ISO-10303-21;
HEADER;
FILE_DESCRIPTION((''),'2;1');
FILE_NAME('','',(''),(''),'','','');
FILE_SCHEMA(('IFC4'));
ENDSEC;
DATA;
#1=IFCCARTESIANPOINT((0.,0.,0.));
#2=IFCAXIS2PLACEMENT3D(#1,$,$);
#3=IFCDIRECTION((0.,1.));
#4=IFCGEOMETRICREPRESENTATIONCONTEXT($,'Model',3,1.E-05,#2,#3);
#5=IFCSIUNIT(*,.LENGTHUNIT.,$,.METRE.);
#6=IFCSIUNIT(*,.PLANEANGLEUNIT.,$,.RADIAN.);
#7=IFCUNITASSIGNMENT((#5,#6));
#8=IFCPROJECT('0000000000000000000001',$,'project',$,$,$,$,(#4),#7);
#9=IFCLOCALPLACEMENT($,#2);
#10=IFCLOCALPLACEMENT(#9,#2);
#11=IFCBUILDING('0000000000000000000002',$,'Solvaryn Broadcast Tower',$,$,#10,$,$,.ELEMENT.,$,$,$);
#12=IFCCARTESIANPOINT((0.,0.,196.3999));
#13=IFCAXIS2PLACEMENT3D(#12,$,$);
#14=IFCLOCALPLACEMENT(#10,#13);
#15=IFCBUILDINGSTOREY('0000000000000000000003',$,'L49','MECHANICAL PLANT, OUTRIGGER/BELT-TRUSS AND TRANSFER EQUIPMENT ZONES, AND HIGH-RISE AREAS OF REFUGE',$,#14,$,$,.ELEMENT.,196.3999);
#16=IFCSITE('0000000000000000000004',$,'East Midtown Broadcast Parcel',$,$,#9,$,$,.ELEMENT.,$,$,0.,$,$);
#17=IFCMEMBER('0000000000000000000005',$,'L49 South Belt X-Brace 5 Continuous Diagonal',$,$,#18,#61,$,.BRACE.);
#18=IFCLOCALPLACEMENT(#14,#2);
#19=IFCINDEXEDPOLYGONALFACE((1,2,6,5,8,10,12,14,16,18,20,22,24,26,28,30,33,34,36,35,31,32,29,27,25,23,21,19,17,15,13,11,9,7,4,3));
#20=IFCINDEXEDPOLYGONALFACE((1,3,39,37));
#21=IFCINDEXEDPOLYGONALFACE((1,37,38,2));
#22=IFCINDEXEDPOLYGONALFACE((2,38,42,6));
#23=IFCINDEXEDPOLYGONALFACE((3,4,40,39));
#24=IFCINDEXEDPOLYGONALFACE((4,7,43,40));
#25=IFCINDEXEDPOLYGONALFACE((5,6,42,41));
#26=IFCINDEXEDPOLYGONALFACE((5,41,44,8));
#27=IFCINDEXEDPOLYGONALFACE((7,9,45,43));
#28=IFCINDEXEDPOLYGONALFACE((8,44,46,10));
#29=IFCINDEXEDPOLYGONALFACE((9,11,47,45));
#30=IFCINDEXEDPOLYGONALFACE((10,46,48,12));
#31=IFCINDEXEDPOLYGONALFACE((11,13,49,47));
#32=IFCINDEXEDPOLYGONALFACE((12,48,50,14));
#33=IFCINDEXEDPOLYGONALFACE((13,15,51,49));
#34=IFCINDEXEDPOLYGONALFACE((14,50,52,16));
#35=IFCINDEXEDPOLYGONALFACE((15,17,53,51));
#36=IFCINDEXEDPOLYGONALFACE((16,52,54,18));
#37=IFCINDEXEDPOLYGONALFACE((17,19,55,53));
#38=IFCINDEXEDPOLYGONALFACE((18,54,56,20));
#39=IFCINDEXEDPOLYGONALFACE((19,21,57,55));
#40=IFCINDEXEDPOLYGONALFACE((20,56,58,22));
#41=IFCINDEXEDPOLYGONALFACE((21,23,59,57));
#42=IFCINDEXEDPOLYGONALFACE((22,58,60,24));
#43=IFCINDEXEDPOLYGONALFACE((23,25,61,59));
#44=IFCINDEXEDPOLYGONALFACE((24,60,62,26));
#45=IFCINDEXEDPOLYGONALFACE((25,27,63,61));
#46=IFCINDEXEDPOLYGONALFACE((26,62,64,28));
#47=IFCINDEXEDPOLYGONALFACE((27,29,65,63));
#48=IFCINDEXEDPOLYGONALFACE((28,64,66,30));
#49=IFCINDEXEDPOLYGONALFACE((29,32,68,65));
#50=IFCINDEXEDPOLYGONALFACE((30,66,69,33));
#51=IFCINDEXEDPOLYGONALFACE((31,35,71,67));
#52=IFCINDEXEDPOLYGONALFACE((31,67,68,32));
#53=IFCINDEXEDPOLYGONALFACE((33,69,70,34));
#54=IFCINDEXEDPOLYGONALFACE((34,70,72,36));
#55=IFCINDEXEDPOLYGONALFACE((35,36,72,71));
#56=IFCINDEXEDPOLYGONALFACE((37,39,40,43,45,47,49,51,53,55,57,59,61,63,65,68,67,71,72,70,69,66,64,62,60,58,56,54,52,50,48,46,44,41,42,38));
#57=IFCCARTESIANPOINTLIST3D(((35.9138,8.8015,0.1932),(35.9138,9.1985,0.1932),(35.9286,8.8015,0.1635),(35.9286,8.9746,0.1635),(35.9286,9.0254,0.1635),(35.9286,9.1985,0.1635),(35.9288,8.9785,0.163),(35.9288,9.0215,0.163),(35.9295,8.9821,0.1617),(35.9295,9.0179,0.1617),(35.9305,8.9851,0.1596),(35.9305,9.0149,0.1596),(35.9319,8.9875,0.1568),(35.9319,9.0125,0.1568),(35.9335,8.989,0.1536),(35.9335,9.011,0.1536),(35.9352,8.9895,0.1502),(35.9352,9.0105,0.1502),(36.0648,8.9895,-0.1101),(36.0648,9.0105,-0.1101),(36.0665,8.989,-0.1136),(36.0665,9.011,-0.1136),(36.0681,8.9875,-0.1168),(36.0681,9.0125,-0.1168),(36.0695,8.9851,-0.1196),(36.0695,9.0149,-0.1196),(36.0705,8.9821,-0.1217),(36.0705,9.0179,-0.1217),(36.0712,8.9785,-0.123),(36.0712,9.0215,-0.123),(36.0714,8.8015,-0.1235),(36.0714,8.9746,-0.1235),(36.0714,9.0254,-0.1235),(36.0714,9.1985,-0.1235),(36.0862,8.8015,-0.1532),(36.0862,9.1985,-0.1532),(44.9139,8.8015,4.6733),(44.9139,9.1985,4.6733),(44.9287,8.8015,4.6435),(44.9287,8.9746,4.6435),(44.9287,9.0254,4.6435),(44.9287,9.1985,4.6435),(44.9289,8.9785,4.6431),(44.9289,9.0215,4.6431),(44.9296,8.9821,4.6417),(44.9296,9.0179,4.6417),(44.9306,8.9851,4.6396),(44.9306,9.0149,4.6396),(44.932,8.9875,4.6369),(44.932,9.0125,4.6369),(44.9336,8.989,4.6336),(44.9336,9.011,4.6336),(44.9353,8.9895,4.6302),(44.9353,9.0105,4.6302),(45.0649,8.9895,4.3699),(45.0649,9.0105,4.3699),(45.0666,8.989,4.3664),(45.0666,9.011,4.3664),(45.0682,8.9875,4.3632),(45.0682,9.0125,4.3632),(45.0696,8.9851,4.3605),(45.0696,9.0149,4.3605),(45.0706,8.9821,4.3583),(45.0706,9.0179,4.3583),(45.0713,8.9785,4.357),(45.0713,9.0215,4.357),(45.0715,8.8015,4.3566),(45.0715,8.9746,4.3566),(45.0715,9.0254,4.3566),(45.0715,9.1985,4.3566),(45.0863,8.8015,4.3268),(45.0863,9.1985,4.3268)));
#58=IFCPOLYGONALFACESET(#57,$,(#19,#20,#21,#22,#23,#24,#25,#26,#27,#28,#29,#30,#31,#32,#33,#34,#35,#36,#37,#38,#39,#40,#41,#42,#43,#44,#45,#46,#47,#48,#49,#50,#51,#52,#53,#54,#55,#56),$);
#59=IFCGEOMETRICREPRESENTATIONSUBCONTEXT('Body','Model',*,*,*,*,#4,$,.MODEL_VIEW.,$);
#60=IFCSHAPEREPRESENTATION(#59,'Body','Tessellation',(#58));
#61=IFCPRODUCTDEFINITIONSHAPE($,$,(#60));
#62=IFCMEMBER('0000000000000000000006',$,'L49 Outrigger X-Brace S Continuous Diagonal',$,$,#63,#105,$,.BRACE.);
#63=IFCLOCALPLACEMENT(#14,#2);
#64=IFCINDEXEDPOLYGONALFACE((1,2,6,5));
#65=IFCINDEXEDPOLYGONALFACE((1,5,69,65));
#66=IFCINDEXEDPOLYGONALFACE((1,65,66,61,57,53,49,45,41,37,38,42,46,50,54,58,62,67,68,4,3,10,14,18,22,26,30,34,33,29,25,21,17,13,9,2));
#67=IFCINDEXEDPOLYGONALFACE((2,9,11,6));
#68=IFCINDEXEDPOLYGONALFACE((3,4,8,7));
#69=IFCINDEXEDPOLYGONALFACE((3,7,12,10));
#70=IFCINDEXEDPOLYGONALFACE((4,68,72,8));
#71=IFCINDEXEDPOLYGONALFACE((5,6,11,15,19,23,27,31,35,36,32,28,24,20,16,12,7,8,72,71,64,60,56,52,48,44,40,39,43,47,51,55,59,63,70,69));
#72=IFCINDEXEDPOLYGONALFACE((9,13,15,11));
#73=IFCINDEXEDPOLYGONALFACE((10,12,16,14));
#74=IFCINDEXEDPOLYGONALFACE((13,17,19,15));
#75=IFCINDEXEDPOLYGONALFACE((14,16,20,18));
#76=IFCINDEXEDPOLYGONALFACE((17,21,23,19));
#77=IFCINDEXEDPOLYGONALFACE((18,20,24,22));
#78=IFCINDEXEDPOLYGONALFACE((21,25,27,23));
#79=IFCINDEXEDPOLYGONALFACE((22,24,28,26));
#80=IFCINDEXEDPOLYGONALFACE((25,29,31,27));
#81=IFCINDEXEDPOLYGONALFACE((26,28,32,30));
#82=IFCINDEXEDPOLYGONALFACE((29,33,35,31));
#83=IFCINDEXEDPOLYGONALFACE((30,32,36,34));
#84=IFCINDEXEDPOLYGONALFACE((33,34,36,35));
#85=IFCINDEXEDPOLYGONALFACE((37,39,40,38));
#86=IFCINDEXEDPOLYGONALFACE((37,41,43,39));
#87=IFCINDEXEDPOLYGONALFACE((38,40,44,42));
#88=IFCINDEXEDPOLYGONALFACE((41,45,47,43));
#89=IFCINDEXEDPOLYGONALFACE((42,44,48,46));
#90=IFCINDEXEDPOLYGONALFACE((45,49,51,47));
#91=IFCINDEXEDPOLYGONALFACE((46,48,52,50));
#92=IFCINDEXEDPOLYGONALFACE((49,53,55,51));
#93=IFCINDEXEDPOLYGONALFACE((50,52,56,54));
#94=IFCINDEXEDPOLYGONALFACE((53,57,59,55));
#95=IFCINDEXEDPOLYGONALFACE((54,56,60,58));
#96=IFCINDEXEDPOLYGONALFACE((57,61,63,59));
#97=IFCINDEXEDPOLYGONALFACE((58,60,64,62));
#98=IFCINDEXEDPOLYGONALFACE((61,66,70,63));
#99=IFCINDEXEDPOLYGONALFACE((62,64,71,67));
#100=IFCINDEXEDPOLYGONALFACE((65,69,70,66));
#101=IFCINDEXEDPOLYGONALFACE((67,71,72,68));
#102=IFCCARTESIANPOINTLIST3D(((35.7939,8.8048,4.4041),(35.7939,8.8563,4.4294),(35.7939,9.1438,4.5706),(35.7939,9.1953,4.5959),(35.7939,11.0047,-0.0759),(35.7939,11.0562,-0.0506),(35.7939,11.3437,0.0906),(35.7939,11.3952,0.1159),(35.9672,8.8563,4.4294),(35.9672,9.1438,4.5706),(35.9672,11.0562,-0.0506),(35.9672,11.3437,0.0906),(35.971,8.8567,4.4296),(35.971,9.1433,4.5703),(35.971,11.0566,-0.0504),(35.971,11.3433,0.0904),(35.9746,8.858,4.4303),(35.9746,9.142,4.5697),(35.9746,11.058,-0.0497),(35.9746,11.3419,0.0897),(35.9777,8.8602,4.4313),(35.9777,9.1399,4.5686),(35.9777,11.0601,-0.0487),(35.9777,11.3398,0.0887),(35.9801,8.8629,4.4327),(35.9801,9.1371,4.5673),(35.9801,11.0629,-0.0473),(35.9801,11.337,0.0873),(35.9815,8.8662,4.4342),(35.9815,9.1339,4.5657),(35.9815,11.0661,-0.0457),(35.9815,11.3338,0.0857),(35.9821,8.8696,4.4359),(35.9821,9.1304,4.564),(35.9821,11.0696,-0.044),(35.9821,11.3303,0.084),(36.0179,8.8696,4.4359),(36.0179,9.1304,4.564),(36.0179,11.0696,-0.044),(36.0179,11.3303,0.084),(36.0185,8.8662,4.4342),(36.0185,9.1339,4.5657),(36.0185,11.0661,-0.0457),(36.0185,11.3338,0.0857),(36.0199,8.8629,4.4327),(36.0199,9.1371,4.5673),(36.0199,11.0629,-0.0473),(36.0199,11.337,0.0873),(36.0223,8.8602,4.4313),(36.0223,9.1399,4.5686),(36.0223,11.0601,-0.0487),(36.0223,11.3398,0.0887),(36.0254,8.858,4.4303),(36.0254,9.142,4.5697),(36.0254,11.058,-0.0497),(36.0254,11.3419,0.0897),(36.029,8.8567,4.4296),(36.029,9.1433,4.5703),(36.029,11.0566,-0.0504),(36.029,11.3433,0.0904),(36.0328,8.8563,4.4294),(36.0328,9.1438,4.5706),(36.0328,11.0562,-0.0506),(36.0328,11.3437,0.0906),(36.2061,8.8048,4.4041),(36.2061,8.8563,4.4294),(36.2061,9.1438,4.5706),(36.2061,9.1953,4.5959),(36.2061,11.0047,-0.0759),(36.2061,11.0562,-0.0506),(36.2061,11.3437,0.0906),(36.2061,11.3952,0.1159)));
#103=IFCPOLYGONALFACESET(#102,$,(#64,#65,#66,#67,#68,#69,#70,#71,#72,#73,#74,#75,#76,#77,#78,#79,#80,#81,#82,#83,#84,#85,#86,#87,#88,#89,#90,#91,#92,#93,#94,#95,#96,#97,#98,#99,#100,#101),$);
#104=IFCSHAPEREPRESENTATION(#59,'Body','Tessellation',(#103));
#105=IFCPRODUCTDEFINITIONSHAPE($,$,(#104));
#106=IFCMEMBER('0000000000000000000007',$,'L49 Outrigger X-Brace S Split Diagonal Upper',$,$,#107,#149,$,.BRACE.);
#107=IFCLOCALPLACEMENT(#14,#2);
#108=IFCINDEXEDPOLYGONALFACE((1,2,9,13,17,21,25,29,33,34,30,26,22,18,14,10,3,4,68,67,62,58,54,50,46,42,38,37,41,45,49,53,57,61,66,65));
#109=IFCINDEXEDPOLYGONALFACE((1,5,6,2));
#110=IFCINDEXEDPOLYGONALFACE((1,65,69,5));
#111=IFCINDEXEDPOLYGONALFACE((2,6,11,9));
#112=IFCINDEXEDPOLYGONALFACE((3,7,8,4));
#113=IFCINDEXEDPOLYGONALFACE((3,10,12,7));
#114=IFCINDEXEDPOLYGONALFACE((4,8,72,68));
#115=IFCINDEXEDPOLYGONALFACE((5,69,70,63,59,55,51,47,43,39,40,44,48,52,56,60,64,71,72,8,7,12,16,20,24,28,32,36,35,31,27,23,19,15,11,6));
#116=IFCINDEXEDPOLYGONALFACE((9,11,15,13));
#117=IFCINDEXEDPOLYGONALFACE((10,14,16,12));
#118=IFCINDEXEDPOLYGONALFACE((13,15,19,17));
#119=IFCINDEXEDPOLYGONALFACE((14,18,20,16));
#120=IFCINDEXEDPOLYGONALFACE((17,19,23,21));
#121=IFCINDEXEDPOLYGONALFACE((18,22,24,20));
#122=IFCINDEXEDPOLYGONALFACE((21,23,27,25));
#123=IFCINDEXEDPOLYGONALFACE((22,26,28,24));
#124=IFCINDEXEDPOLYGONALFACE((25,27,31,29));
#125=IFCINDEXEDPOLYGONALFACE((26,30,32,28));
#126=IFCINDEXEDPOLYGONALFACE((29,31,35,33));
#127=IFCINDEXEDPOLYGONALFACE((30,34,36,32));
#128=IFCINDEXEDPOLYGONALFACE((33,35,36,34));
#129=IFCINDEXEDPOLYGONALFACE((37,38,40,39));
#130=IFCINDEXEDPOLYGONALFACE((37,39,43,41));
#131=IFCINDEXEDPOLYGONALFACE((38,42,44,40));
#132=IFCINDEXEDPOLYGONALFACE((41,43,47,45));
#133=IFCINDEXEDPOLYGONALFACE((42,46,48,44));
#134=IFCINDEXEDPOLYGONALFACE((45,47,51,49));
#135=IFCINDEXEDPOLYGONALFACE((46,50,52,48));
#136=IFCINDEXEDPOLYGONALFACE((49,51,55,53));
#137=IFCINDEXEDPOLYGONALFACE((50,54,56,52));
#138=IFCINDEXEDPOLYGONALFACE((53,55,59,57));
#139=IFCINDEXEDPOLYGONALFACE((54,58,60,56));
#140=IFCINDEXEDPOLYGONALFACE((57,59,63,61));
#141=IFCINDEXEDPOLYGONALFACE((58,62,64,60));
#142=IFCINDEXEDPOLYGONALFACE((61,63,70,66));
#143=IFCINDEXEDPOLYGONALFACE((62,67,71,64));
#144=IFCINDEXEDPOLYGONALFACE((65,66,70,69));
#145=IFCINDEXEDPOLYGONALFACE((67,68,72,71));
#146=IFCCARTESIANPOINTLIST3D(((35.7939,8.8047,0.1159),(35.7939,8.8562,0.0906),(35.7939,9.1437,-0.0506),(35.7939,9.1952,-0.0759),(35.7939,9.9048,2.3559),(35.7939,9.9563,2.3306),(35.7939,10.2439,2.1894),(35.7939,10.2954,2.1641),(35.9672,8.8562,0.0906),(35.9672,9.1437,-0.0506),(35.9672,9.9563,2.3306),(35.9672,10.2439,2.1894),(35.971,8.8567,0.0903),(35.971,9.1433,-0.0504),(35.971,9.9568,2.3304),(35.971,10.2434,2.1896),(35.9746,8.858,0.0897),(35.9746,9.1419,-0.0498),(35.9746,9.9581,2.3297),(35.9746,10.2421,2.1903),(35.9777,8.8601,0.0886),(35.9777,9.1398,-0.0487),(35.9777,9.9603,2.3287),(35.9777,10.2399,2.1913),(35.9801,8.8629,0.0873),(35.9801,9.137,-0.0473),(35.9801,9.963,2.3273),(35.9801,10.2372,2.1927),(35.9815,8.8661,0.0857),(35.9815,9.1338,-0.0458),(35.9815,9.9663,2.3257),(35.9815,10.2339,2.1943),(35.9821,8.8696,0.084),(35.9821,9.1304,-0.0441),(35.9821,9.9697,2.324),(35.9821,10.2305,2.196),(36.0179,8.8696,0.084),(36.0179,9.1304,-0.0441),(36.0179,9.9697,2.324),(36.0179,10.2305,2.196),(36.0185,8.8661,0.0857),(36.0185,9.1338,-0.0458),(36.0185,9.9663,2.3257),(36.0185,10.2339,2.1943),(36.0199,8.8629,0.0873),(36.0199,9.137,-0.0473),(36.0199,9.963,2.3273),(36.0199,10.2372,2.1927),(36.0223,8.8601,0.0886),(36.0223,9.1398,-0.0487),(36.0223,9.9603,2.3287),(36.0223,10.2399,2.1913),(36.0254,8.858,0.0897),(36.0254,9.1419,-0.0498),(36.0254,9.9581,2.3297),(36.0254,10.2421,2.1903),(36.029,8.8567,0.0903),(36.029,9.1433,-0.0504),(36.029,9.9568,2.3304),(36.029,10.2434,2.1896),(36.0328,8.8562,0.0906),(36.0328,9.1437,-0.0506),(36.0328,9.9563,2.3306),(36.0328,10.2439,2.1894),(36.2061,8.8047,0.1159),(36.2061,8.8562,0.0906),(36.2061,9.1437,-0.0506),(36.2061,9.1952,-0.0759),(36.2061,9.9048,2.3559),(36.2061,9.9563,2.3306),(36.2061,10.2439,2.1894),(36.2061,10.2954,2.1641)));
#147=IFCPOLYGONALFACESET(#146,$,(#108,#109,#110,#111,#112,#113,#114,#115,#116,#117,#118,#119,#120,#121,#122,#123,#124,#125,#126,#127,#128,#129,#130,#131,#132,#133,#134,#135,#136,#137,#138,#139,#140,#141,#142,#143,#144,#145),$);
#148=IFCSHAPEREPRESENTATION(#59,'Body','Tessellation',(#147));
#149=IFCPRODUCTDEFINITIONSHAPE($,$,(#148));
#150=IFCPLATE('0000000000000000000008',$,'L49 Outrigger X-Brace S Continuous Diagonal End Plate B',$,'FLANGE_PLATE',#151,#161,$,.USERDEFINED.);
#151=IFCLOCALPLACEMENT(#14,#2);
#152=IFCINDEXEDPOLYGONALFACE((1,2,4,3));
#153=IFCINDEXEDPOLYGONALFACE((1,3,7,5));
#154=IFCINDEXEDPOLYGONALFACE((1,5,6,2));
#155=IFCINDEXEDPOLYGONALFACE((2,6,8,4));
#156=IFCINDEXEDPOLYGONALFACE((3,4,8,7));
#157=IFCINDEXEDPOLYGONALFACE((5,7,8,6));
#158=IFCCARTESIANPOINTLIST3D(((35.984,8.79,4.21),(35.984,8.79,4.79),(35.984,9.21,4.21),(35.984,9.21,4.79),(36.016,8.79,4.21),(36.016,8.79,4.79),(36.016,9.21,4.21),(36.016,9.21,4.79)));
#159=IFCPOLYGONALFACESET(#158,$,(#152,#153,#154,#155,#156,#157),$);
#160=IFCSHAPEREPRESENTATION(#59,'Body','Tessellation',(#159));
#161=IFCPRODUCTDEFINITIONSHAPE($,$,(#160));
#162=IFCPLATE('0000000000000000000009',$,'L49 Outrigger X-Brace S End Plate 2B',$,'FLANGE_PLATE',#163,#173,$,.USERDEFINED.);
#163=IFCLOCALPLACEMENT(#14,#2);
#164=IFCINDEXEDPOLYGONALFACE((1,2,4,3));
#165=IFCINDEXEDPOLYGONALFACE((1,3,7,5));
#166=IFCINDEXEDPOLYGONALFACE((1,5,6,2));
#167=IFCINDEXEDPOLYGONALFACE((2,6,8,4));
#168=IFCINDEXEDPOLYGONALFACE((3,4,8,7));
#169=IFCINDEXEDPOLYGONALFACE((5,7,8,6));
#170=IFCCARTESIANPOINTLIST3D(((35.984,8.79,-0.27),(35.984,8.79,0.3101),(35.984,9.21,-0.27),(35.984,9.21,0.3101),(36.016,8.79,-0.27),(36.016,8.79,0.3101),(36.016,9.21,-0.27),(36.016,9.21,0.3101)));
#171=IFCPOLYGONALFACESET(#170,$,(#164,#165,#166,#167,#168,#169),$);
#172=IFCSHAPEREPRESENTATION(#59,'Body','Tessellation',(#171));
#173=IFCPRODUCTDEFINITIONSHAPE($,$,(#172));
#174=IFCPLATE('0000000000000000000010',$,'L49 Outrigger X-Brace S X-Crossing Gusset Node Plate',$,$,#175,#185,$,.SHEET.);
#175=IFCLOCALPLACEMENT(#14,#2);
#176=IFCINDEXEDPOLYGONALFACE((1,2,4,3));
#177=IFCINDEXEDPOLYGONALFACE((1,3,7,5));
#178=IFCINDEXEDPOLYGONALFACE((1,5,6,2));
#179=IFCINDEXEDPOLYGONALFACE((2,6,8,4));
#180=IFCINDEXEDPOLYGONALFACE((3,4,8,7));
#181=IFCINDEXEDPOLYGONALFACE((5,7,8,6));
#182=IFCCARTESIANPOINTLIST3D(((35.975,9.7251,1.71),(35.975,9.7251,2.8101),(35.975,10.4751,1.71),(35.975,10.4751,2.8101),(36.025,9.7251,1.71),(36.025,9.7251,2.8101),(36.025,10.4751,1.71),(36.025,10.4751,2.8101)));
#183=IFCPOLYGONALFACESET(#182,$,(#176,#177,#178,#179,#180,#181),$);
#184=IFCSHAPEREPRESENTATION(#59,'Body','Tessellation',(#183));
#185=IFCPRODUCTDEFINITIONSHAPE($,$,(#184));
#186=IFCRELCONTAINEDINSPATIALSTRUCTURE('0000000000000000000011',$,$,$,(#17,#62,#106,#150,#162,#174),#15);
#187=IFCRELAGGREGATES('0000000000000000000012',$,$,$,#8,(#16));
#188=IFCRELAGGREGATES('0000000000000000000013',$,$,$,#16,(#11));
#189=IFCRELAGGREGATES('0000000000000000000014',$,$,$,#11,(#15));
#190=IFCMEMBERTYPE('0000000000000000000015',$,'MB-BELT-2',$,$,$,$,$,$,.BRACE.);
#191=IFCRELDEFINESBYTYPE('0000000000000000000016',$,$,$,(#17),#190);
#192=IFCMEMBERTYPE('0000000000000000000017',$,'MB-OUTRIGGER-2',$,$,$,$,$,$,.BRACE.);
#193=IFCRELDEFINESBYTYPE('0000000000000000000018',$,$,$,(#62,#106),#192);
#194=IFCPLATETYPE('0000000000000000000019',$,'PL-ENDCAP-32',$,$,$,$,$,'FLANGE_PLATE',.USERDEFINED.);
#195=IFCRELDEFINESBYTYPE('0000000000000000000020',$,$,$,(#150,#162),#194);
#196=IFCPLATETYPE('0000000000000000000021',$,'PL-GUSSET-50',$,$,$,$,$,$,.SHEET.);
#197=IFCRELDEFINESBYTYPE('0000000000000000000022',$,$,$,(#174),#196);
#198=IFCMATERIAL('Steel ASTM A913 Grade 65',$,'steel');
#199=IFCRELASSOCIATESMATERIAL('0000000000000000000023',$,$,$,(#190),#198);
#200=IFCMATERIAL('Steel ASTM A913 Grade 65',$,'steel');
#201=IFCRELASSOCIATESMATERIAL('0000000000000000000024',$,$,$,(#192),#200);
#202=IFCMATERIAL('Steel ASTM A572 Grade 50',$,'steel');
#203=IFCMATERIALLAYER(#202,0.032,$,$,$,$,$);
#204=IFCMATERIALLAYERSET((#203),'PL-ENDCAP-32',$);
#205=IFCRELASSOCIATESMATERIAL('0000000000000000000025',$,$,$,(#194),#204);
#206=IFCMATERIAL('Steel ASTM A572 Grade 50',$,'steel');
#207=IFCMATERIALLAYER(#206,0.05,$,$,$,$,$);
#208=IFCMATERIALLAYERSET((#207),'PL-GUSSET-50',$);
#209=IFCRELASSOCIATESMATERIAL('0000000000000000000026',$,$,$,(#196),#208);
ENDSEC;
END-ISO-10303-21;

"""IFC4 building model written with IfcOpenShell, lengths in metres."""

from ifc_helpers import new_model, si_unit, direction, frame, origin, origin_2d, place, context, subcontext, project, spatial, rectangle, i_section, extrude, material, layer, layer_set, material_profile, profile_set, type_object, element, save


model = new_model("IFC4")

# Units and contexts
model_context = context("Model", 3, precision=1e-05, world=origin(), true_north=direction((0.0, 1.0)))
body_context = subcontext(model_context, "Body", "Model", "MODEL_VIEW")
ifc_project = project(units=[si_unit("LENGTHUNIT", "METRE"), si_unit("PLANEANGLEUNIT", "RADIAN")], contexts=[model_context])

# Site, building, storey
site_placement = place(None, origin())
site = spatial("IfcSite", under=ifc_project, at=site_placement, Name="East Midtown Broadcast Parcel", CompositionType="ELEMENT", RefElevation=0.0)
building_placement = place(site_placement, origin())
building = spatial("IfcBuilding", under=site, at=building_placement, Name="Solvaryn Broadcast Tower", CompositionType="ELEMENT")
storey_placement = place(building_placement, frame((0.0, 0.0, 196.3999)))
storey = spatial("IfcBuildingStorey", under=building, at=storey_placement, Name="L49", Description="MECHANICAL PLANT, OUTRIGGER/BELT-TRUSS AND TRANSFER EQUIPMENT ZONES, AND HIGH-RISE AREAS OF REFUGE", CompositionType="ELEMENT", Elevation=196.3999)

# Members
ifc_material_1 = material(Name="Steel ASTM A913 Grade 65", Category="steel")
ifc_material_profile_1 = material_profile(ifc_material_1, i_section(OverallWidth=0.397, OverallDepth=0.387, WebThickness=0.021, FlangeThickness=0.0332, FilletRadius=0.0149, at=origin_2d()))
ifc_profile_set_1 = profile_set([ifc_material_profile_1], Name="Steel ASTM A913 Grade 65")
member_type_1 = type_object("IfcMemberType", Name="MB-BELT-2", PredefinedType="BRACE", material=ifc_profile_set_1)
member_1_placement = place(storey_placement, frame((36.0, 9.0, 0.02), z_axis=(0.895222, 0.0, 0.44562), x_axis=(0.0, 1.0, 0.0)))
element("IfcMember", 1, at=member_1_placement, inside=storey, type_object=member_type_1, Name="L49 South Belt X-Brace 5 Continuous Diagonal", PredefinedType="BRACE", context=body_context, shape_type="SweptSolid", body=[
    extrude(i_section(OverallWidth=0.397, OverallDepth=0.387, WebThickness=0.021, FlangeThickness=0.0332, FilletRadius=0.0149, at=origin_2d()), origin(), (0.0, 0.0, 1.0), 10.0535),
])
ifc_material_2 = material(Name="Steel ASTM A913 Grade 65", Category="steel")
ifc_material_profile_2 = material_profile(ifc_material_2, i_section(OverallWidth=0.4121, OverallDepth=0.4351, WebThickness=0.0359, FlangeThickness=0.0574, FilletRadius=0.0149, at=origin_2d()))
ifc_profile_set_2 = profile_set([ifc_material_profile_2], Name="Steel ASTM A913 Grade 65")
member_type_2 = type_object("IfcMemberType", Name="MB-OUTRIGGER-2", PredefinedType="BRACE", material=ifc_profile_set_2)
member_2_placement = place(storey_placement, frame((36.0, 11.2, 0.02), z_axis=(0.0, -0.440784, 0.897613), x_axis=(1.0, 0.0, 0.0)))
element("IfcMember", 2, at=member_2_placement, inside=storey, type_object=member_type_2, Name="L49 Outrigger X-Brace S Continuous Diagonal", PredefinedType="BRACE", context=body_context, shape_type="SweptSolid", body=[
    extrude(i_section(OverallWidth=0.4121, OverallDepth=0.4351, WebThickness=0.0359, FlangeThickness=0.0574, FilletRadius=0.0149, at=origin_2d()), origin(), (0.0, 0.0, 1.0), 4.991),
])
member_3_placement = place(storey_placement, frame((36.0, 10.1001, 2.26), z_axis=(0.0, -0.440824, -0.897594), x_axis=(1.0, 0.0, 0.0)))
element("IfcMember", 3, at=member_3_placement, inside=storey, type_object=member_type_2, Name="L49 Outrigger X-Brace S Split Diagonal Upper", PredefinedType="BRACE", context=body_context, shape_type="SweptSolid", body=[
    extrude(i_section(OverallWidth=0.4121, OverallDepth=0.4351, WebThickness=0.0359, FlangeThickness=0.0574, FilletRadius=0.0149, at=origin_2d()), origin(), (0.0, 0.0, 1.0), 2.4956),
])

# Plates
ifc_material_3 = material(Name="Steel ASTM A572 Grade 50", Category="steel")
ifc_layer_1 = layer(ifc_material_3, 0.032)
ifc_layer_set_1 = layer_set([ifc_layer_1], Name="PL-ENDCAP-32")
plate_type_1 = type_object("IfcPlateType", Name="PL-ENDCAP-32", ElementType="FLANGE_PLATE", PredefinedType="USERDEFINED", material=ifc_layer_set_1)
for number, where, z_axis, x_axis, name in (
    (4, (36.0, 9.0, 4.21), (0.0, 0.0, 1.0), (1.0, 0.0, 0.0), "L49 Outrigger X-Brace S Continuous Diagonal End Plate B"),
    (5, (36.0, 9.0, -0.27), (0.0, 0.0, 1.0), (1.0, 0.0, 0.0), "L49 Outrigger X-Brace S End Plate 2B"),
):
    element("IfcPlate", number, at=place(storey_placement, frame(where, z_axis=z_axis, x_axis=x_axis)), inside=storey, type_object=plate_type_1, Name=name, ObjectType="FLANGE_PLATE", PredefinedType="USERDEFINED", context=body_context, shape_type="SweptSolid", body=[
        extrude(rectangle(XDim=0.032, YDim=0.4199, at=origin_2d()), origin(), (0.0, 0.0, 1.0), 0.5801),
    ])
ifc_material_4 = material(Name="Steel ASTM A572 Grade 50", Category="steel")
ifc_layer_2 = layer(ifc_material_4, 0.05)
ifc_layer_set_2 = layer_set([ifc_layer_2], Name="PL-GUSSET-50")
plate_type_2 = type_object("IfcPlateType", Name="PL-GUSSET-50", PredefinedType="SHEET", material=ifc_layer_set_2)
plate_1_placement = place(storey_placement, frame((36.0, 10.1001, 1.71), z_axis=(0.0, 0.0, 1.0), x_axis=(1.0, 0.0, 0.0)))
element("IfcPlate", 6, at=plate_1_placement, inside=storey, type_object=plate_type_2, Name="L49 Outrigger X-Brace S X-Crossing Gusset Node Plate", PredefinedType="SHEET", context=body_context, shape_type="SweptSolid", body=[
    extrude(rectangle(XDim=0.05, YDim=0.75, at=origin_2d()), origin(), (0.0, 0.0, 1.0), 1.1001),
])

save(model, "model.ifc")
